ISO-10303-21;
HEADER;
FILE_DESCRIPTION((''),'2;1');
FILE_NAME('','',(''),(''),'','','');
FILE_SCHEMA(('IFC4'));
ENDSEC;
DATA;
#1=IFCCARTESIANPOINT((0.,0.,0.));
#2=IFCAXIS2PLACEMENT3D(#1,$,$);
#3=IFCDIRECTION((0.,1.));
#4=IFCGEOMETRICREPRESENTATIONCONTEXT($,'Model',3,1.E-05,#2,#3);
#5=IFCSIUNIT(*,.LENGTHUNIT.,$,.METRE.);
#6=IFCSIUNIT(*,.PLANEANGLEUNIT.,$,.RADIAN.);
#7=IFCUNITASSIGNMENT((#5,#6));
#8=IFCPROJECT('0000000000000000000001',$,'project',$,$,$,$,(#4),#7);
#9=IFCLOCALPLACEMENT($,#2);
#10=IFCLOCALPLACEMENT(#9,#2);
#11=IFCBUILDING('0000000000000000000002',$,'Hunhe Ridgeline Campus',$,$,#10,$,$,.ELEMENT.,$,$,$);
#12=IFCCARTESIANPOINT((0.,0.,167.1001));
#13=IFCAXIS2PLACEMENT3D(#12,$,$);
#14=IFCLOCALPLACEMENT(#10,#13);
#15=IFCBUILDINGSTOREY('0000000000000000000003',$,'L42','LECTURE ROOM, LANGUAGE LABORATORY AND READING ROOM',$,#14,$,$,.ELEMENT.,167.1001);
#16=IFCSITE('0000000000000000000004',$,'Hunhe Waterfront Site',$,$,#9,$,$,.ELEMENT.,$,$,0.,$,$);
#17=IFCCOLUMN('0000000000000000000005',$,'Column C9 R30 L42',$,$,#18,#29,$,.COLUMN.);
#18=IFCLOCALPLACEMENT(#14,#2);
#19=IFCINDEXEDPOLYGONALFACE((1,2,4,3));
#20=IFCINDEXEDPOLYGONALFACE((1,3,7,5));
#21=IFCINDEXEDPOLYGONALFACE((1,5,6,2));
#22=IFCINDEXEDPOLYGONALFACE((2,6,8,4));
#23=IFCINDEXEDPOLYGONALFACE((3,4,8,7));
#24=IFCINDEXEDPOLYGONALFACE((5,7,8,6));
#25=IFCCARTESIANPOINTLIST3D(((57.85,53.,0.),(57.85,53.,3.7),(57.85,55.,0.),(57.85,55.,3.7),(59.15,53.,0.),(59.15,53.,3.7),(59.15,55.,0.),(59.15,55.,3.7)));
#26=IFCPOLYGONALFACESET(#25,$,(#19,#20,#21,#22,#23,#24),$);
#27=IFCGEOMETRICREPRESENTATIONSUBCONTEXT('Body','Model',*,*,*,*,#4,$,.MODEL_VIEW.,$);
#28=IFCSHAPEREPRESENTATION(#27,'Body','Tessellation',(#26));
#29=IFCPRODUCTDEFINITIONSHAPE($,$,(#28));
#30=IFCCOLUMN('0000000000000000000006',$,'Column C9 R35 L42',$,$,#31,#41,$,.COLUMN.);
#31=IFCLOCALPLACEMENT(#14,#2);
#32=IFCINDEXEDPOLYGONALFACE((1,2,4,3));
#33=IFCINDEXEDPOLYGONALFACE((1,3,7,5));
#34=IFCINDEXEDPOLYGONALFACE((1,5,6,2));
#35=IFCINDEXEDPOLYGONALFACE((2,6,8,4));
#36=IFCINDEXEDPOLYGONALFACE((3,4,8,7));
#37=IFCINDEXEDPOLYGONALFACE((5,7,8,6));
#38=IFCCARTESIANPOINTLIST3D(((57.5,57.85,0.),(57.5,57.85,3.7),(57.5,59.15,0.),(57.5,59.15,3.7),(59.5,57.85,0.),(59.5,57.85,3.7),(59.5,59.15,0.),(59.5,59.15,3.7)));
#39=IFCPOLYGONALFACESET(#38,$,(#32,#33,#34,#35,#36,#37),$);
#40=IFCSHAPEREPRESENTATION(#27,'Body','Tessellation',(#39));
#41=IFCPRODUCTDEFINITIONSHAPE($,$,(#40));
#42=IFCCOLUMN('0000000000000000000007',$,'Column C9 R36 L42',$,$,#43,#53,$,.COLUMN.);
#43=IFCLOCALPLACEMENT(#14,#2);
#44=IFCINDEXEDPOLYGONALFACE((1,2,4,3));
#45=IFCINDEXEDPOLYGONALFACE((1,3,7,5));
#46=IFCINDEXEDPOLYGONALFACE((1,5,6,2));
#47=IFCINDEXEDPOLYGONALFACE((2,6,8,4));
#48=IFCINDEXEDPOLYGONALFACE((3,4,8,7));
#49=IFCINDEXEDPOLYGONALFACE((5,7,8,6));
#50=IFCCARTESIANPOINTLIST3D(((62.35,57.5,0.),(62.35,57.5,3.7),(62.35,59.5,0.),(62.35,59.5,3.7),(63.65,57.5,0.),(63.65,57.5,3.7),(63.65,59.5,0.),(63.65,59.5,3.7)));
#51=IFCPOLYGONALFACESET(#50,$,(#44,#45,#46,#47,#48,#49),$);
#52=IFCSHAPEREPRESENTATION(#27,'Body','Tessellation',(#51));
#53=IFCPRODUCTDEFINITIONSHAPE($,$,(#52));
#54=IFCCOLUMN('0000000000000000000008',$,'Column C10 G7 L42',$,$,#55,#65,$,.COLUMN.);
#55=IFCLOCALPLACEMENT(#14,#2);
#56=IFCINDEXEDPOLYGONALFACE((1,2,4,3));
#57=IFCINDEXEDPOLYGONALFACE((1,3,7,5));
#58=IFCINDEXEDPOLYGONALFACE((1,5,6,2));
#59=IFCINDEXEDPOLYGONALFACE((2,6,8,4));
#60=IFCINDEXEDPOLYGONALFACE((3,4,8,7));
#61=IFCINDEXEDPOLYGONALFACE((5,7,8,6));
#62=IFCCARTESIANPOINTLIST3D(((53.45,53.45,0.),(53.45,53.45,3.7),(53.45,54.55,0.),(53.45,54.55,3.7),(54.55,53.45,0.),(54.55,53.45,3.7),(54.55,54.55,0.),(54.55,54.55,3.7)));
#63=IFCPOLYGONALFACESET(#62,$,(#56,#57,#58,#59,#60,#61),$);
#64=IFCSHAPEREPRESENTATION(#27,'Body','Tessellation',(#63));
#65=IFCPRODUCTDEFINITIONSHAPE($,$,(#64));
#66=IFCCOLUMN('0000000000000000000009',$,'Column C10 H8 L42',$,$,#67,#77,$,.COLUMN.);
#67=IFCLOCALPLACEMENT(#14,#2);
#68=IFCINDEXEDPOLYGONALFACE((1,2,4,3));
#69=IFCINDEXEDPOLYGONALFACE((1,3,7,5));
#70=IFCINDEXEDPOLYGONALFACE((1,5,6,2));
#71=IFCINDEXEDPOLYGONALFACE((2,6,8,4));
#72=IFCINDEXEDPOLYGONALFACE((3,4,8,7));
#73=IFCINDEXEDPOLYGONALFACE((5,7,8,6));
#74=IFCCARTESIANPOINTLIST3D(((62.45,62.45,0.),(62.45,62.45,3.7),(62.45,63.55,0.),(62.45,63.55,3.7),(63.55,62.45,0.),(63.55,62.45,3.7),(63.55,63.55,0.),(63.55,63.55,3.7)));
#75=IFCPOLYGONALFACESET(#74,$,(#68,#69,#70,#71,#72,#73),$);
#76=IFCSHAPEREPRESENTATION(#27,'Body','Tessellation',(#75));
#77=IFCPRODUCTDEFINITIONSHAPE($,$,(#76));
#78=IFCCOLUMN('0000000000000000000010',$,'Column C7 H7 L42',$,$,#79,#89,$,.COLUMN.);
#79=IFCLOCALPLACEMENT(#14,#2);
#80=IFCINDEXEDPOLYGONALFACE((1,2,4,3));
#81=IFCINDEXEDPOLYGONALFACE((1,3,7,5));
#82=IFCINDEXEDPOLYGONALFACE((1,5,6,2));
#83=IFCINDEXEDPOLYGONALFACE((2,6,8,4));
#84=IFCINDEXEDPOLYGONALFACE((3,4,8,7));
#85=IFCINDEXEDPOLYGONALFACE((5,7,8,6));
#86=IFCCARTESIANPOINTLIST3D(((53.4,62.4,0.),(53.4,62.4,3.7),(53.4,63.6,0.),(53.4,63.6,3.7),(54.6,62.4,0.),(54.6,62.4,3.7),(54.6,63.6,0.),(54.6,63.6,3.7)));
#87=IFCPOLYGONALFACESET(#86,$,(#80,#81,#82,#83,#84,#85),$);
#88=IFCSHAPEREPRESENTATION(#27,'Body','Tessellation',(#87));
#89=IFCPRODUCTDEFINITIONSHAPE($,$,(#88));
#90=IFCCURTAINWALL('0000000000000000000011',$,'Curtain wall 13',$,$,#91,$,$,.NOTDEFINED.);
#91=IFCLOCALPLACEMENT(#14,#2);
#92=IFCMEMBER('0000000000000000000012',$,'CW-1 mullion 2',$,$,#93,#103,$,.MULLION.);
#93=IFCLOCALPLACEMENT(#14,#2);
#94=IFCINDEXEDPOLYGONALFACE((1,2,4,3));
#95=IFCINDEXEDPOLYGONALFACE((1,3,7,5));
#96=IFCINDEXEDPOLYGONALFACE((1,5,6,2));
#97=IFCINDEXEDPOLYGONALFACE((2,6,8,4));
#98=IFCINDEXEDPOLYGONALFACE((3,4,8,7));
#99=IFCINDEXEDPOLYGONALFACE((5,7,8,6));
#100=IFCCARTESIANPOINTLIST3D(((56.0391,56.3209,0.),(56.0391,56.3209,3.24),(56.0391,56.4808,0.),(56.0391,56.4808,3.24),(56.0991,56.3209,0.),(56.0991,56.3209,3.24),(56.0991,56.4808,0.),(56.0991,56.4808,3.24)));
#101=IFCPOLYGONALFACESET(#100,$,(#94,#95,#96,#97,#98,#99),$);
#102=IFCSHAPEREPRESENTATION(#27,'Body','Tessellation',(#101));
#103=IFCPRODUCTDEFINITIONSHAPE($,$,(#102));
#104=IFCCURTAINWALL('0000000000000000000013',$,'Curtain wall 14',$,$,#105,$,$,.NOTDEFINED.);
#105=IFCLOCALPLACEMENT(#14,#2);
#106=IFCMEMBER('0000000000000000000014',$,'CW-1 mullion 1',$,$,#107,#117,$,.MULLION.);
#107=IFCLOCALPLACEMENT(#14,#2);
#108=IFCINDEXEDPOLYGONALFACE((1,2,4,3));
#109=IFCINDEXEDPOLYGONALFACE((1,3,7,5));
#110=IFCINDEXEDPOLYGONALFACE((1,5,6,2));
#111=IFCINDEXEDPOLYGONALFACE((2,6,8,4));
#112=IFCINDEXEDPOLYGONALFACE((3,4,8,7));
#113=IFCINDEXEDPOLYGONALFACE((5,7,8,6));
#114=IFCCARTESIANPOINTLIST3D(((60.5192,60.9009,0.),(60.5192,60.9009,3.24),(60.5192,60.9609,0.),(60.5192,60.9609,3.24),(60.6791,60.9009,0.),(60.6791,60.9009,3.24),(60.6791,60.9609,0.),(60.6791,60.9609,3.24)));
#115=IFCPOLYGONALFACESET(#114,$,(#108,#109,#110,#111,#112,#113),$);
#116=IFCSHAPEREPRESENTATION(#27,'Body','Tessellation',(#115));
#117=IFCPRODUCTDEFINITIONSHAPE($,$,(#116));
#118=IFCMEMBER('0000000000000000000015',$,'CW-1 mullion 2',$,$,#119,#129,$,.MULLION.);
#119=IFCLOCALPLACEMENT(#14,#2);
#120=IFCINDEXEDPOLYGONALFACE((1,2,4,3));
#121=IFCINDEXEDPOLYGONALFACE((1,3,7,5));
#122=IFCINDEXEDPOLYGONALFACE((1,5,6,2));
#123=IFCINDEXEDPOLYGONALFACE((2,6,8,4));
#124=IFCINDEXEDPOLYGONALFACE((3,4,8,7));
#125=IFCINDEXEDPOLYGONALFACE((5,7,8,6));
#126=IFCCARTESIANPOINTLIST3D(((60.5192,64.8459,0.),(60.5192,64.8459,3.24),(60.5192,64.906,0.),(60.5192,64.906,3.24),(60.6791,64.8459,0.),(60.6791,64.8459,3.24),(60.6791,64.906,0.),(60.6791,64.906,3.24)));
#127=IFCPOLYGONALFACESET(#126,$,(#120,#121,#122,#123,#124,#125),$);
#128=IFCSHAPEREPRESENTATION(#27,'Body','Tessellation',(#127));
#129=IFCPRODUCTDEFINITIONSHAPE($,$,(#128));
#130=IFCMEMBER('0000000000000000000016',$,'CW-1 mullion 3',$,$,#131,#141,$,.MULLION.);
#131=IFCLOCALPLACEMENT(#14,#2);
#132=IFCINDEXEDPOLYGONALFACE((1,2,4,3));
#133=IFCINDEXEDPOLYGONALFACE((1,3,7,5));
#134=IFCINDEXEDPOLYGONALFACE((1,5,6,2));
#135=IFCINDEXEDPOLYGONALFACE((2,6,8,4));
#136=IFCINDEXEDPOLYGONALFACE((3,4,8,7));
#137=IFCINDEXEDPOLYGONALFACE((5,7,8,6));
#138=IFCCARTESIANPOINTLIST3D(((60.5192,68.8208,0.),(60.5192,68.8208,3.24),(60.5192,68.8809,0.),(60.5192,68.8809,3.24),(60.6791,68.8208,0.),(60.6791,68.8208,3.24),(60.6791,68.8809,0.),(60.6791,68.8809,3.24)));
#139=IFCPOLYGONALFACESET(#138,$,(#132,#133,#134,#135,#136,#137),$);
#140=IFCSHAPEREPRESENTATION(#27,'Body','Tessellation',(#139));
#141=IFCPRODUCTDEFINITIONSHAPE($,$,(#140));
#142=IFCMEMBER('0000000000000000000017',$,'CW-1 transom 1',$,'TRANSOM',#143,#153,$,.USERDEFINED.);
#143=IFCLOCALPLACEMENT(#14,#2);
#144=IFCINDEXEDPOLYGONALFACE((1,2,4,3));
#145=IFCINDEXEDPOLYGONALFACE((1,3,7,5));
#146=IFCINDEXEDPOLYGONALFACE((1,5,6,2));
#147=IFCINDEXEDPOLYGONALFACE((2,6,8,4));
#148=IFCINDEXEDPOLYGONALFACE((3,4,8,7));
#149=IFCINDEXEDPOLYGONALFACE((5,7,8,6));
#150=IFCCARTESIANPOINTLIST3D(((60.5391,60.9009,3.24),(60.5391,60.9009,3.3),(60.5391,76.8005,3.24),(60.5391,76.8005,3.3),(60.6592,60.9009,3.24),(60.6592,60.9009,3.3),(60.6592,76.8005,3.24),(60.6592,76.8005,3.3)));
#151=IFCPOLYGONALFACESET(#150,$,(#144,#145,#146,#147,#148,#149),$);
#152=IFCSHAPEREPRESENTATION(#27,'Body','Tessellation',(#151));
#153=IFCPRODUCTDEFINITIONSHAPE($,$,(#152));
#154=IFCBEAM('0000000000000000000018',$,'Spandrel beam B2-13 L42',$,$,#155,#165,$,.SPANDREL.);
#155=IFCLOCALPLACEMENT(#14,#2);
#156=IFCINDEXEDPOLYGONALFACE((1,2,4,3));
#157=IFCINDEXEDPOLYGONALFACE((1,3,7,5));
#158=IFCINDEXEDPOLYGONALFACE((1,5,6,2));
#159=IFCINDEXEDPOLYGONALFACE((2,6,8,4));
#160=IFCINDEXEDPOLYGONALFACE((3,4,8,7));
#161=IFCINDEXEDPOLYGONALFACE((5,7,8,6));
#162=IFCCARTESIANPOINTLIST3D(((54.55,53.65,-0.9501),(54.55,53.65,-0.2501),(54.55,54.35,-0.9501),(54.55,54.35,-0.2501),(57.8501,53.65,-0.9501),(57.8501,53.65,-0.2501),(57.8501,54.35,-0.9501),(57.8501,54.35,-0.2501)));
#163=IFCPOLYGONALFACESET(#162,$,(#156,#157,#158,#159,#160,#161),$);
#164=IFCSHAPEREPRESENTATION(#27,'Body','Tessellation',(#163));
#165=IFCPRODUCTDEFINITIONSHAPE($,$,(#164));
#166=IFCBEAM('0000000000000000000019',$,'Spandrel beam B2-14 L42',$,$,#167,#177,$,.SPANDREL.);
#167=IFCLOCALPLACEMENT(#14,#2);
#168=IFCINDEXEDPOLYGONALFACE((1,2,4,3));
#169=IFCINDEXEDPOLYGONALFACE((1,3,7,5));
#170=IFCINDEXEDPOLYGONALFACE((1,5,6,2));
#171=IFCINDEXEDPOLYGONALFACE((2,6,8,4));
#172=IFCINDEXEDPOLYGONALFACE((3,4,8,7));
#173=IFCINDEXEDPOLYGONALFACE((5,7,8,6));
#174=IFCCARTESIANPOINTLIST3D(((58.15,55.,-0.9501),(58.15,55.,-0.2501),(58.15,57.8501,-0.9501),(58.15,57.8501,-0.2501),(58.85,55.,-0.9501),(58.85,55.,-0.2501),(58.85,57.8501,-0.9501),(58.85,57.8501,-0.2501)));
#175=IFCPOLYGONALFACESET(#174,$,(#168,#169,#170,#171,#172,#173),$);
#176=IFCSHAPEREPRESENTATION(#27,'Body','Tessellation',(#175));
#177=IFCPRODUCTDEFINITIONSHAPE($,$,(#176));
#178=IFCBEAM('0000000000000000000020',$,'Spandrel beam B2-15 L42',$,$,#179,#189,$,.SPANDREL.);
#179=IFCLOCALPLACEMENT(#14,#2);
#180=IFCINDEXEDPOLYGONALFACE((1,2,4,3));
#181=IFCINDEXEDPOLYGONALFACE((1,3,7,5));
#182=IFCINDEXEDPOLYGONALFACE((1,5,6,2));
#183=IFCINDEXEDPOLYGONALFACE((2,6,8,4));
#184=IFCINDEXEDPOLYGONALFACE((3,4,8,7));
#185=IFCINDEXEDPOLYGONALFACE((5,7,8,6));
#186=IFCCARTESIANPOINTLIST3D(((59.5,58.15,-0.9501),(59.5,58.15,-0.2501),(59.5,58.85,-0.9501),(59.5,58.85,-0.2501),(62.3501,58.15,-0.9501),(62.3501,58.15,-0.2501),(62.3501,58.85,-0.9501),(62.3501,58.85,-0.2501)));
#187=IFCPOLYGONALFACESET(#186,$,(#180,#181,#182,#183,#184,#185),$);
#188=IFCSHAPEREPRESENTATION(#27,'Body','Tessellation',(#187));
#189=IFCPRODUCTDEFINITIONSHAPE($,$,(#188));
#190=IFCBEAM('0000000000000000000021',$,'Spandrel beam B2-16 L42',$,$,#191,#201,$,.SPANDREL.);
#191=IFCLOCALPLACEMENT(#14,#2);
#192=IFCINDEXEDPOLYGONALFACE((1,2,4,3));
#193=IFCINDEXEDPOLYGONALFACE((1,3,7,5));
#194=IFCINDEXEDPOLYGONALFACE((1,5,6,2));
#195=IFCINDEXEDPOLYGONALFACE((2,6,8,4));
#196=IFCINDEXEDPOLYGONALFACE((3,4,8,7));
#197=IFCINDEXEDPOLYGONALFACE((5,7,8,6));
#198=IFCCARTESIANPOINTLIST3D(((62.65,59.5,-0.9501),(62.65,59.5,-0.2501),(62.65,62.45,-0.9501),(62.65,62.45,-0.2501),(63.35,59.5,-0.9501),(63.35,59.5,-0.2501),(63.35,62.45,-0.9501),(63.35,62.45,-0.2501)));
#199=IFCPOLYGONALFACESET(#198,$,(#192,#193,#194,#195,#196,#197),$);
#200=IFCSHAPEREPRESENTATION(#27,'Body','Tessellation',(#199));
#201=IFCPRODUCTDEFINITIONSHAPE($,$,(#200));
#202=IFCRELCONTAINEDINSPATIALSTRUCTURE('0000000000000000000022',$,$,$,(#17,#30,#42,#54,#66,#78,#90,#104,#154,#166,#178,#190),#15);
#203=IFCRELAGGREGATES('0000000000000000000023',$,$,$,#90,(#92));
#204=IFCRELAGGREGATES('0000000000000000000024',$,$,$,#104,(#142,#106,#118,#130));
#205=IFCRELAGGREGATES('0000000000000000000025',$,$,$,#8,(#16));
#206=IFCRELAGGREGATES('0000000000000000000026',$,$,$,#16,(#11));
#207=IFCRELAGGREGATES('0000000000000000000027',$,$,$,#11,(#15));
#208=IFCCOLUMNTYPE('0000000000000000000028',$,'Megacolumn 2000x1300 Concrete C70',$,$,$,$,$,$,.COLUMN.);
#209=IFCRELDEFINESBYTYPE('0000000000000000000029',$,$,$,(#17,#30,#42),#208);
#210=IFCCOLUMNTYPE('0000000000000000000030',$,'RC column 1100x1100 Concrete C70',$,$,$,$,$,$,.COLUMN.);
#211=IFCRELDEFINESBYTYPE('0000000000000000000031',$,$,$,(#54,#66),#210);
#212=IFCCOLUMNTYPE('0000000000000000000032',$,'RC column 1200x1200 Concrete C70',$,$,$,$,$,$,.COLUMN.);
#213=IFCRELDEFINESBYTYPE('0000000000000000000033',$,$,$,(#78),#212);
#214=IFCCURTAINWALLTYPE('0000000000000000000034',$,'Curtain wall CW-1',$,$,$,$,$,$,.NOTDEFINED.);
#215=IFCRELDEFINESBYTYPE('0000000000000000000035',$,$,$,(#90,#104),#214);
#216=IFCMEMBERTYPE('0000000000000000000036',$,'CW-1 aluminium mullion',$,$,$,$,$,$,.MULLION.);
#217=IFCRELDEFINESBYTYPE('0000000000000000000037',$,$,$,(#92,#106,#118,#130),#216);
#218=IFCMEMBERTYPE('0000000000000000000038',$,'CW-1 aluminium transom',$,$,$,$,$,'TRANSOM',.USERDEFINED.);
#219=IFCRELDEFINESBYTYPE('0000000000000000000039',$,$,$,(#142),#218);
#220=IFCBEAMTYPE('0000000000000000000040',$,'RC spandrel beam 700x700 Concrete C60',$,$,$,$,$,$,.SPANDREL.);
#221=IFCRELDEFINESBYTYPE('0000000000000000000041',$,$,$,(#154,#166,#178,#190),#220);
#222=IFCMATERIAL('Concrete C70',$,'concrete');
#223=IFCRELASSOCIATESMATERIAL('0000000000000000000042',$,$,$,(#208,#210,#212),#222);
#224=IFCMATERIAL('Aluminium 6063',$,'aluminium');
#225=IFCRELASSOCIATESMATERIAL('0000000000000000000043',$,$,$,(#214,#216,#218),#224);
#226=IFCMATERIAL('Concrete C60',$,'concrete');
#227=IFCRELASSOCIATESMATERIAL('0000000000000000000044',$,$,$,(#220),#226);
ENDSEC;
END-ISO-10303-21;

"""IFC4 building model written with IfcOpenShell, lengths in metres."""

from ifc_helpers import new_model, si_unit, direction, frame, origin, origin_2d, place, context, subcontext, project, spatial, rectangle, extrude, material, material_profile, profile_set, type_object, element, aggregate, save


model = new_model("IFC4")

# Units and contexts
model_context = context("Model", 3, precision=1e-05, world=origin(), true_north=direction((0.0, 1.0)))
body_context = subcontext(model_context, "Body", "Model", "MODEL_VIEW")
ifc_project = project(units=[si_unit("LENGTHUNIT", "METRE"), si_unit("PLANEANGLEUNIT", "RADIAN")], contexts=[model_context])

# Site, building, storey
site_placement = place(None, origin())
site = spatial("IfcSite", under=ifc_project, at=site_placement, Name="Hunhe Waterfront Site", CompositionType="ELEMENT", RefElevation=0.0)
building_placement = place(site_placement, origin())
building = spatial("IfcBuilding", under=site, at=building_placement, Name="Hunhe Ridgeline Campus", CompositionType="ELEMENT")
storey_placement = place(building_placement, frame((0.0, 0.0, 167.1001)))
storey = spatial("IfcBuildingStorey", under=building, at=storey_placement, Name="L42", Description="LECTURE ROOM, LANGUAGE LABORATORY AND READING ROOM", CompositionType="ELEMENT", Elevation=167.1001)

# Columns
ifc_material_1 = material(Name="Concrete C70", Category="concrete")
ifc_material_profile_1 = material_profile(ifc_material_1, rectangle(XDim=2.0, YDim=1.3, at=origin_2d()))
ifc_profile_set_1 = profile_set([ifc_material_profile_1], Name="Concrete C70")
column_type_1 = type_object("IfcColumnType", Name="Megacolumn 2000x1300 Concrete C70", PredefinedType="COLUMN", material=ifc_profile_set_1)
for number, where, z_axis, x_axis, name in (
    (1, (58.5, 54.0, 0.0), (0.0, 0.0, 1.0), (0.0, 1.0, 0.0), "Column C9 R30 L42"),
    (2, (58.5, 58.5, 0.0), (0.0, 0.0, 1.0), (1.0, 0.0, 0.0), "Column C9 R35 L42"),
    (3, (63.0, 58.5, 0.0), (0.0, 0.0, 1.0), (0.0, 1.0, 0.0), "Column C9 R36 L42"),
):
    element("IfcColumn", number, at=place(storey_placement, frame(where, z_axis=z_axis, x_axis=x_axis)), inside=storey, type_object=column_type_1, Name=name, PredefinedType="COLUMN", context=body_context, shape_type="SweptSolid", body=[
        extrude(rectangle(XDim=2.0, YDim=1.3, at=origin_2d()), origin(), (0.0, 0.0, 1.0), 3.7),
    ])
ifc_material_profile_2 = material_profile(ifc_material_1, rectangle(XDim=1.1001, YDim=1.1001, at=origin_2d()))
ifc_profile_set_2 = profile_set([ifc_material_profile_2], Name="Concrete C70")
column_type_2 = type_object("IfcColumnType", Name="RC column 1100x1100 Concrete C70", PredefinedType="COLUMN", material=ifc_profile_set_2)
for number, where, z_axis, x_axis, name in (
    (4, (54.0, 54.0, 0.0), (0.0, 0.0, 1.0), (1.0, 0.0, 0.0), "Column C10 G7 L42"),
    (5, (63.0, 63.0, 0.0), (0.0, 0.0, 1.0), (1.0, 0.0, 0.0), "Column C10 H8 L42"),
):
    element("IfcColumn", number, at=place(storey_placement, frame(where, z_axis=z_axis, x_axis=x_axis)), inside=storey, type_object=column_type_2, Name=name, PredefinedType="COLUMN", context=body_context, shape_type="SweptSolid", body=[
        extrude(rectangle(XDim=1.1001, YDim=1.1001, at=origin_2d()), origin(), (0.0, 0.0, 1.0), 3.7),
    ])
ifc_material_profile_3 = material_profile(ifc_material_1, rectangle(XDim=1.2, YDim=1.2, at=origin_2d()))
ifc_profile_set_3 = profile_set([ifc_material_profile_3], Name="Concrete C70")
column_type_3 = type_object("IfcColumnType", Name="RC column 1200x1200 Concrete C70", PredefinedType="COLUMN", material=ifc_profile_set_3)
column_placement = place(storey_placement, frame((54.0, 63.0, 0.0), z_axis=(0.0, 0.0, 1.0), x_axis=(1.0, 0.0, 0.0)))
element("IfcColumn", 6, at=column_placement, inside=storey, type_object=column_type_3, Name="Column C7 H7 L42", PredefinedType="COLUMN", context=body_context, shape_type="SweptSolid", body=[
    extrude(rectangle(XDim=1.2, YDim=1.2, at=origin_2d()), origin(), (0.0, 0.0, 1.0), 3.7),
])

# Curtain wall, member
ifc_material_2 = material(Name="Aluminium 6063", Category="aluminium")
curtain_wall_type = type_object("IfcCurtainWallType", Name="Curtain wall CW-1", PredefinedType="NOTDEFINED", material=ifc_material_2)
curtain_wall_1_placement = place(storey_placement, origin())
curtain_wall_1 = element("IfcCurtainWall", 7, at=curtain_wall_1_placement, inside=storey, type_object=curtain_wall_type, Name="Curtain wall 13", PredefinedType="NOTDEFINED")
ifc_material_profile_4 = material_profile(ifc_material_2, rectangle(XDim=0.1599, YDim=0.0601, at=origin_2d()))
ifc_profile_set_4 = profile_set([ifc_material_profile_4], Name="Aluminium 6063")
member_type_1 = type_object("IfcMemberType", Name="CW-1 aluminium mullion", PredefinedType="MULLION", material=ifc_profile_set_4)
member_1_placement = place(storey_placement, frame((56.0691, 56.4009, 0.0), z_axis=(0.0, 0.0, 1.0), x_axis=(-0.000002, 1.0, 0.0)))
member_1 = element("IfcMember", 8, at=member_1_placement, type_object=member_type_1, Name="CW-1 mullion 2", PredefinedType="MULLION", context=body_context, shape_type="SweptSolid", body=[
    extrude(rectangle(XDim=0.1599, YDim=0.0601, at=origin_2d()), origin(), (0.0, 0.0, 1.0), 3.24),
])

# Curtain wall, members
curtain_wall_2_placement = place(storey_placement, origin())
curtain_wall_2 = element("IfcCurtainWall", 9, at=curtain_wall_2_placement, inside=storey, type_object=curtain_wall_type, Name="Curtain wall 14", PredefinedType="NOTDEFINED")
member_2_placement = place(storey_placement, frame((60.5991, 60.9309, 0.0), z_axis=(0.0, 0.0, 1.0), x_axis=(-1.0, 0.0, 0.0)))
member_2 = element("IfcMember", 10, at=member_2_placement, type_object=member_type_1, Name="CW-1 mullion 1", PredefinedType="MULLION", context=body_context, shape_type="SweptSolid", body=[
    extrude(rectangle(XDim=0.1599, YDim=0.0601, at=origin_2d()), origin(), (0.0, 0.0, 1.0), 3.24),
])
member_3_placement = place(storey_placement, frame((60.5991, 64.876, 0.0), z_axis=(0.0, 0.0, 1.0), x_axis=(-1.0, 0.0, 0.0)))
member_3 = element("IfcMember", 11, at=member_3_placement, type_object=member_type_1, Name="CW-1 mullion 2", PredefinedType="MULLION", context=body_context, shape_type="SweptSolid", body=[
    extrude(rectangle(XDim=0.1599, YDim=0.0601, at=origin_2d()), origin(), (0.0, 0.0, 1.0), 3.24),
])
member_4_placement = place(storey_placement, frame((60.5991, 68.8508, 0.0), z_axis=(0.0, 0.0, 1.0), x_axis=(-1.0, 0.0, 0.0)))
member_4 = element("IfcMember", 12, at=member_4_placement, type_object=member_type_1, Name="CW-1 mullion 3", PredefinedType="MULLION", context=body_context, shape_type="SweptSolid", body=[
    extrude(rectangle(XDim=0.1599, YDim=0.0601, at=origin_2d()), origin(), (0.0, 0.0, 1.0), 3.24),
])
ifc_material_profile_5 = material_profile(ifc_material_2, rectangle(XDim=0.1201, YDim=0.0601, at=origin_2d()))
ifc_profile_set_5 = profile_set([ifc_material_profile_5], Name="Aluminium 6063")
member_type_2 = type_object("IfcMemberType", Name="CW-1 aluminium transom", ElementType="TRANSOM", PredefinedType="USERDEFINED", material=ifc_profile_set_5)
member_5_placement = place(storey_placement, frame((60.5991, 60.9009, 3.27), z_axis=(0.0, 1.0, 0.0), x_axis=(-1.0, 0.0, 0.0)))
member_5 = element("IfcMember", 13, at=member_5_placement, type_object=member_type_2, Name="CW-1 transom 1", ObjectType="TRANSOM", PredefinedType="USERDEFINED", context=body_context, shape_type="SweptSolid", body=[
    extrude(rectangle(XDim=0.1201, YDim=0.0601, at=origin_2d()), origin(), (0.0, 0.0, 1.0), 15.8997),
])

# Beams
ifc_material_3 = material(Name="Concrete C60", Category="concrete")
ifc_material_profile_6 = material_profile(ifc_material_3, rectangle(XDim=0.7, YDim=0.7, at=origin_2d()))
ifc_profile_set_6 = profile_set([ifc_material_profile_6], Name="Concrete C60")
beam_type = type_object("IfcBeamType", Name="RC spandrel beam 700x700 Concrete C60", PredefinedType="SPANDREL", material=ifc_profile_set_6)
beam_1_placement = place(storey_placement, frame((54.55, 54.0, -0.6001), z_axis=(1.0, 0.0, 0.0), x_axis=(0.0, 1.0, 0.0)))
element("IfcBeam", 14, at=beam_1_placement, inside=storey, type_object=beam_type, Name="Spandrel beam B2-13 L42", PredefinedType="SPANDREL", context=body_context, shape_type="SweptSolid", body=[
    extrude(rectangle(XDim=0.7, YDim=0.7, at=origin_2d()), origin(), (0.0, 0.0, 1.0), 3.3),
])
for number, where, z_axis, x_axis, name in (
    (15, (58.5, 55.0, -0.6001), (0.0, 1.0, 0.0), (-1.0, 0.0, 0.0), "Spandrel beam B2-14 L42"),
    (16, (59.5, 58.5, -0.6001), (1.0, 0.0, 0.0), (0.0, 1.0, 0.0), "Spandrel beam B2-15 L42"),
):
    element("IfcBeam", number, at=place(storey_placement, frame(where, z_axis=z_axis, x_axis=x_axis)), inside=storey, type_object=beam_type, Name=name, PredefinedType="SPANDREL", context=body_context, shape_type="SweptSolid", body=[
        extrude(rectangle(XDim=0.7, YDim=0.7, at=origin_2d()), origin(), (0.0, 0.0, 1.0), 2.8501),
    ])
beam_2_placement = place(storey_placement, frame((63.0, 59.5, -0.6001), z_axis=(0.0, 1.0, 0.0), x_axis=(-1.0, 0.0, 0.0)))
element("IfcBeam", 17, at=beam_2_placement, inside=storey, type_object=beam_type, Name="Spandrel beam B2-16 L42", PredefinedType="SPANDREL", context=body_context, shape_type="SweptSolid", body=[
    extrude(rectangle(XDim=0.7, YDim=0.7, at=origin_2d()), origin(), (0.0, 0.0, 1.0), 2.95),
])

aggregate(curtain_wall_1, [member_1])
aggregate(curtain_wall_2, [member_5, member_2, member_3, member_4])

save(model, "model.ifc")
